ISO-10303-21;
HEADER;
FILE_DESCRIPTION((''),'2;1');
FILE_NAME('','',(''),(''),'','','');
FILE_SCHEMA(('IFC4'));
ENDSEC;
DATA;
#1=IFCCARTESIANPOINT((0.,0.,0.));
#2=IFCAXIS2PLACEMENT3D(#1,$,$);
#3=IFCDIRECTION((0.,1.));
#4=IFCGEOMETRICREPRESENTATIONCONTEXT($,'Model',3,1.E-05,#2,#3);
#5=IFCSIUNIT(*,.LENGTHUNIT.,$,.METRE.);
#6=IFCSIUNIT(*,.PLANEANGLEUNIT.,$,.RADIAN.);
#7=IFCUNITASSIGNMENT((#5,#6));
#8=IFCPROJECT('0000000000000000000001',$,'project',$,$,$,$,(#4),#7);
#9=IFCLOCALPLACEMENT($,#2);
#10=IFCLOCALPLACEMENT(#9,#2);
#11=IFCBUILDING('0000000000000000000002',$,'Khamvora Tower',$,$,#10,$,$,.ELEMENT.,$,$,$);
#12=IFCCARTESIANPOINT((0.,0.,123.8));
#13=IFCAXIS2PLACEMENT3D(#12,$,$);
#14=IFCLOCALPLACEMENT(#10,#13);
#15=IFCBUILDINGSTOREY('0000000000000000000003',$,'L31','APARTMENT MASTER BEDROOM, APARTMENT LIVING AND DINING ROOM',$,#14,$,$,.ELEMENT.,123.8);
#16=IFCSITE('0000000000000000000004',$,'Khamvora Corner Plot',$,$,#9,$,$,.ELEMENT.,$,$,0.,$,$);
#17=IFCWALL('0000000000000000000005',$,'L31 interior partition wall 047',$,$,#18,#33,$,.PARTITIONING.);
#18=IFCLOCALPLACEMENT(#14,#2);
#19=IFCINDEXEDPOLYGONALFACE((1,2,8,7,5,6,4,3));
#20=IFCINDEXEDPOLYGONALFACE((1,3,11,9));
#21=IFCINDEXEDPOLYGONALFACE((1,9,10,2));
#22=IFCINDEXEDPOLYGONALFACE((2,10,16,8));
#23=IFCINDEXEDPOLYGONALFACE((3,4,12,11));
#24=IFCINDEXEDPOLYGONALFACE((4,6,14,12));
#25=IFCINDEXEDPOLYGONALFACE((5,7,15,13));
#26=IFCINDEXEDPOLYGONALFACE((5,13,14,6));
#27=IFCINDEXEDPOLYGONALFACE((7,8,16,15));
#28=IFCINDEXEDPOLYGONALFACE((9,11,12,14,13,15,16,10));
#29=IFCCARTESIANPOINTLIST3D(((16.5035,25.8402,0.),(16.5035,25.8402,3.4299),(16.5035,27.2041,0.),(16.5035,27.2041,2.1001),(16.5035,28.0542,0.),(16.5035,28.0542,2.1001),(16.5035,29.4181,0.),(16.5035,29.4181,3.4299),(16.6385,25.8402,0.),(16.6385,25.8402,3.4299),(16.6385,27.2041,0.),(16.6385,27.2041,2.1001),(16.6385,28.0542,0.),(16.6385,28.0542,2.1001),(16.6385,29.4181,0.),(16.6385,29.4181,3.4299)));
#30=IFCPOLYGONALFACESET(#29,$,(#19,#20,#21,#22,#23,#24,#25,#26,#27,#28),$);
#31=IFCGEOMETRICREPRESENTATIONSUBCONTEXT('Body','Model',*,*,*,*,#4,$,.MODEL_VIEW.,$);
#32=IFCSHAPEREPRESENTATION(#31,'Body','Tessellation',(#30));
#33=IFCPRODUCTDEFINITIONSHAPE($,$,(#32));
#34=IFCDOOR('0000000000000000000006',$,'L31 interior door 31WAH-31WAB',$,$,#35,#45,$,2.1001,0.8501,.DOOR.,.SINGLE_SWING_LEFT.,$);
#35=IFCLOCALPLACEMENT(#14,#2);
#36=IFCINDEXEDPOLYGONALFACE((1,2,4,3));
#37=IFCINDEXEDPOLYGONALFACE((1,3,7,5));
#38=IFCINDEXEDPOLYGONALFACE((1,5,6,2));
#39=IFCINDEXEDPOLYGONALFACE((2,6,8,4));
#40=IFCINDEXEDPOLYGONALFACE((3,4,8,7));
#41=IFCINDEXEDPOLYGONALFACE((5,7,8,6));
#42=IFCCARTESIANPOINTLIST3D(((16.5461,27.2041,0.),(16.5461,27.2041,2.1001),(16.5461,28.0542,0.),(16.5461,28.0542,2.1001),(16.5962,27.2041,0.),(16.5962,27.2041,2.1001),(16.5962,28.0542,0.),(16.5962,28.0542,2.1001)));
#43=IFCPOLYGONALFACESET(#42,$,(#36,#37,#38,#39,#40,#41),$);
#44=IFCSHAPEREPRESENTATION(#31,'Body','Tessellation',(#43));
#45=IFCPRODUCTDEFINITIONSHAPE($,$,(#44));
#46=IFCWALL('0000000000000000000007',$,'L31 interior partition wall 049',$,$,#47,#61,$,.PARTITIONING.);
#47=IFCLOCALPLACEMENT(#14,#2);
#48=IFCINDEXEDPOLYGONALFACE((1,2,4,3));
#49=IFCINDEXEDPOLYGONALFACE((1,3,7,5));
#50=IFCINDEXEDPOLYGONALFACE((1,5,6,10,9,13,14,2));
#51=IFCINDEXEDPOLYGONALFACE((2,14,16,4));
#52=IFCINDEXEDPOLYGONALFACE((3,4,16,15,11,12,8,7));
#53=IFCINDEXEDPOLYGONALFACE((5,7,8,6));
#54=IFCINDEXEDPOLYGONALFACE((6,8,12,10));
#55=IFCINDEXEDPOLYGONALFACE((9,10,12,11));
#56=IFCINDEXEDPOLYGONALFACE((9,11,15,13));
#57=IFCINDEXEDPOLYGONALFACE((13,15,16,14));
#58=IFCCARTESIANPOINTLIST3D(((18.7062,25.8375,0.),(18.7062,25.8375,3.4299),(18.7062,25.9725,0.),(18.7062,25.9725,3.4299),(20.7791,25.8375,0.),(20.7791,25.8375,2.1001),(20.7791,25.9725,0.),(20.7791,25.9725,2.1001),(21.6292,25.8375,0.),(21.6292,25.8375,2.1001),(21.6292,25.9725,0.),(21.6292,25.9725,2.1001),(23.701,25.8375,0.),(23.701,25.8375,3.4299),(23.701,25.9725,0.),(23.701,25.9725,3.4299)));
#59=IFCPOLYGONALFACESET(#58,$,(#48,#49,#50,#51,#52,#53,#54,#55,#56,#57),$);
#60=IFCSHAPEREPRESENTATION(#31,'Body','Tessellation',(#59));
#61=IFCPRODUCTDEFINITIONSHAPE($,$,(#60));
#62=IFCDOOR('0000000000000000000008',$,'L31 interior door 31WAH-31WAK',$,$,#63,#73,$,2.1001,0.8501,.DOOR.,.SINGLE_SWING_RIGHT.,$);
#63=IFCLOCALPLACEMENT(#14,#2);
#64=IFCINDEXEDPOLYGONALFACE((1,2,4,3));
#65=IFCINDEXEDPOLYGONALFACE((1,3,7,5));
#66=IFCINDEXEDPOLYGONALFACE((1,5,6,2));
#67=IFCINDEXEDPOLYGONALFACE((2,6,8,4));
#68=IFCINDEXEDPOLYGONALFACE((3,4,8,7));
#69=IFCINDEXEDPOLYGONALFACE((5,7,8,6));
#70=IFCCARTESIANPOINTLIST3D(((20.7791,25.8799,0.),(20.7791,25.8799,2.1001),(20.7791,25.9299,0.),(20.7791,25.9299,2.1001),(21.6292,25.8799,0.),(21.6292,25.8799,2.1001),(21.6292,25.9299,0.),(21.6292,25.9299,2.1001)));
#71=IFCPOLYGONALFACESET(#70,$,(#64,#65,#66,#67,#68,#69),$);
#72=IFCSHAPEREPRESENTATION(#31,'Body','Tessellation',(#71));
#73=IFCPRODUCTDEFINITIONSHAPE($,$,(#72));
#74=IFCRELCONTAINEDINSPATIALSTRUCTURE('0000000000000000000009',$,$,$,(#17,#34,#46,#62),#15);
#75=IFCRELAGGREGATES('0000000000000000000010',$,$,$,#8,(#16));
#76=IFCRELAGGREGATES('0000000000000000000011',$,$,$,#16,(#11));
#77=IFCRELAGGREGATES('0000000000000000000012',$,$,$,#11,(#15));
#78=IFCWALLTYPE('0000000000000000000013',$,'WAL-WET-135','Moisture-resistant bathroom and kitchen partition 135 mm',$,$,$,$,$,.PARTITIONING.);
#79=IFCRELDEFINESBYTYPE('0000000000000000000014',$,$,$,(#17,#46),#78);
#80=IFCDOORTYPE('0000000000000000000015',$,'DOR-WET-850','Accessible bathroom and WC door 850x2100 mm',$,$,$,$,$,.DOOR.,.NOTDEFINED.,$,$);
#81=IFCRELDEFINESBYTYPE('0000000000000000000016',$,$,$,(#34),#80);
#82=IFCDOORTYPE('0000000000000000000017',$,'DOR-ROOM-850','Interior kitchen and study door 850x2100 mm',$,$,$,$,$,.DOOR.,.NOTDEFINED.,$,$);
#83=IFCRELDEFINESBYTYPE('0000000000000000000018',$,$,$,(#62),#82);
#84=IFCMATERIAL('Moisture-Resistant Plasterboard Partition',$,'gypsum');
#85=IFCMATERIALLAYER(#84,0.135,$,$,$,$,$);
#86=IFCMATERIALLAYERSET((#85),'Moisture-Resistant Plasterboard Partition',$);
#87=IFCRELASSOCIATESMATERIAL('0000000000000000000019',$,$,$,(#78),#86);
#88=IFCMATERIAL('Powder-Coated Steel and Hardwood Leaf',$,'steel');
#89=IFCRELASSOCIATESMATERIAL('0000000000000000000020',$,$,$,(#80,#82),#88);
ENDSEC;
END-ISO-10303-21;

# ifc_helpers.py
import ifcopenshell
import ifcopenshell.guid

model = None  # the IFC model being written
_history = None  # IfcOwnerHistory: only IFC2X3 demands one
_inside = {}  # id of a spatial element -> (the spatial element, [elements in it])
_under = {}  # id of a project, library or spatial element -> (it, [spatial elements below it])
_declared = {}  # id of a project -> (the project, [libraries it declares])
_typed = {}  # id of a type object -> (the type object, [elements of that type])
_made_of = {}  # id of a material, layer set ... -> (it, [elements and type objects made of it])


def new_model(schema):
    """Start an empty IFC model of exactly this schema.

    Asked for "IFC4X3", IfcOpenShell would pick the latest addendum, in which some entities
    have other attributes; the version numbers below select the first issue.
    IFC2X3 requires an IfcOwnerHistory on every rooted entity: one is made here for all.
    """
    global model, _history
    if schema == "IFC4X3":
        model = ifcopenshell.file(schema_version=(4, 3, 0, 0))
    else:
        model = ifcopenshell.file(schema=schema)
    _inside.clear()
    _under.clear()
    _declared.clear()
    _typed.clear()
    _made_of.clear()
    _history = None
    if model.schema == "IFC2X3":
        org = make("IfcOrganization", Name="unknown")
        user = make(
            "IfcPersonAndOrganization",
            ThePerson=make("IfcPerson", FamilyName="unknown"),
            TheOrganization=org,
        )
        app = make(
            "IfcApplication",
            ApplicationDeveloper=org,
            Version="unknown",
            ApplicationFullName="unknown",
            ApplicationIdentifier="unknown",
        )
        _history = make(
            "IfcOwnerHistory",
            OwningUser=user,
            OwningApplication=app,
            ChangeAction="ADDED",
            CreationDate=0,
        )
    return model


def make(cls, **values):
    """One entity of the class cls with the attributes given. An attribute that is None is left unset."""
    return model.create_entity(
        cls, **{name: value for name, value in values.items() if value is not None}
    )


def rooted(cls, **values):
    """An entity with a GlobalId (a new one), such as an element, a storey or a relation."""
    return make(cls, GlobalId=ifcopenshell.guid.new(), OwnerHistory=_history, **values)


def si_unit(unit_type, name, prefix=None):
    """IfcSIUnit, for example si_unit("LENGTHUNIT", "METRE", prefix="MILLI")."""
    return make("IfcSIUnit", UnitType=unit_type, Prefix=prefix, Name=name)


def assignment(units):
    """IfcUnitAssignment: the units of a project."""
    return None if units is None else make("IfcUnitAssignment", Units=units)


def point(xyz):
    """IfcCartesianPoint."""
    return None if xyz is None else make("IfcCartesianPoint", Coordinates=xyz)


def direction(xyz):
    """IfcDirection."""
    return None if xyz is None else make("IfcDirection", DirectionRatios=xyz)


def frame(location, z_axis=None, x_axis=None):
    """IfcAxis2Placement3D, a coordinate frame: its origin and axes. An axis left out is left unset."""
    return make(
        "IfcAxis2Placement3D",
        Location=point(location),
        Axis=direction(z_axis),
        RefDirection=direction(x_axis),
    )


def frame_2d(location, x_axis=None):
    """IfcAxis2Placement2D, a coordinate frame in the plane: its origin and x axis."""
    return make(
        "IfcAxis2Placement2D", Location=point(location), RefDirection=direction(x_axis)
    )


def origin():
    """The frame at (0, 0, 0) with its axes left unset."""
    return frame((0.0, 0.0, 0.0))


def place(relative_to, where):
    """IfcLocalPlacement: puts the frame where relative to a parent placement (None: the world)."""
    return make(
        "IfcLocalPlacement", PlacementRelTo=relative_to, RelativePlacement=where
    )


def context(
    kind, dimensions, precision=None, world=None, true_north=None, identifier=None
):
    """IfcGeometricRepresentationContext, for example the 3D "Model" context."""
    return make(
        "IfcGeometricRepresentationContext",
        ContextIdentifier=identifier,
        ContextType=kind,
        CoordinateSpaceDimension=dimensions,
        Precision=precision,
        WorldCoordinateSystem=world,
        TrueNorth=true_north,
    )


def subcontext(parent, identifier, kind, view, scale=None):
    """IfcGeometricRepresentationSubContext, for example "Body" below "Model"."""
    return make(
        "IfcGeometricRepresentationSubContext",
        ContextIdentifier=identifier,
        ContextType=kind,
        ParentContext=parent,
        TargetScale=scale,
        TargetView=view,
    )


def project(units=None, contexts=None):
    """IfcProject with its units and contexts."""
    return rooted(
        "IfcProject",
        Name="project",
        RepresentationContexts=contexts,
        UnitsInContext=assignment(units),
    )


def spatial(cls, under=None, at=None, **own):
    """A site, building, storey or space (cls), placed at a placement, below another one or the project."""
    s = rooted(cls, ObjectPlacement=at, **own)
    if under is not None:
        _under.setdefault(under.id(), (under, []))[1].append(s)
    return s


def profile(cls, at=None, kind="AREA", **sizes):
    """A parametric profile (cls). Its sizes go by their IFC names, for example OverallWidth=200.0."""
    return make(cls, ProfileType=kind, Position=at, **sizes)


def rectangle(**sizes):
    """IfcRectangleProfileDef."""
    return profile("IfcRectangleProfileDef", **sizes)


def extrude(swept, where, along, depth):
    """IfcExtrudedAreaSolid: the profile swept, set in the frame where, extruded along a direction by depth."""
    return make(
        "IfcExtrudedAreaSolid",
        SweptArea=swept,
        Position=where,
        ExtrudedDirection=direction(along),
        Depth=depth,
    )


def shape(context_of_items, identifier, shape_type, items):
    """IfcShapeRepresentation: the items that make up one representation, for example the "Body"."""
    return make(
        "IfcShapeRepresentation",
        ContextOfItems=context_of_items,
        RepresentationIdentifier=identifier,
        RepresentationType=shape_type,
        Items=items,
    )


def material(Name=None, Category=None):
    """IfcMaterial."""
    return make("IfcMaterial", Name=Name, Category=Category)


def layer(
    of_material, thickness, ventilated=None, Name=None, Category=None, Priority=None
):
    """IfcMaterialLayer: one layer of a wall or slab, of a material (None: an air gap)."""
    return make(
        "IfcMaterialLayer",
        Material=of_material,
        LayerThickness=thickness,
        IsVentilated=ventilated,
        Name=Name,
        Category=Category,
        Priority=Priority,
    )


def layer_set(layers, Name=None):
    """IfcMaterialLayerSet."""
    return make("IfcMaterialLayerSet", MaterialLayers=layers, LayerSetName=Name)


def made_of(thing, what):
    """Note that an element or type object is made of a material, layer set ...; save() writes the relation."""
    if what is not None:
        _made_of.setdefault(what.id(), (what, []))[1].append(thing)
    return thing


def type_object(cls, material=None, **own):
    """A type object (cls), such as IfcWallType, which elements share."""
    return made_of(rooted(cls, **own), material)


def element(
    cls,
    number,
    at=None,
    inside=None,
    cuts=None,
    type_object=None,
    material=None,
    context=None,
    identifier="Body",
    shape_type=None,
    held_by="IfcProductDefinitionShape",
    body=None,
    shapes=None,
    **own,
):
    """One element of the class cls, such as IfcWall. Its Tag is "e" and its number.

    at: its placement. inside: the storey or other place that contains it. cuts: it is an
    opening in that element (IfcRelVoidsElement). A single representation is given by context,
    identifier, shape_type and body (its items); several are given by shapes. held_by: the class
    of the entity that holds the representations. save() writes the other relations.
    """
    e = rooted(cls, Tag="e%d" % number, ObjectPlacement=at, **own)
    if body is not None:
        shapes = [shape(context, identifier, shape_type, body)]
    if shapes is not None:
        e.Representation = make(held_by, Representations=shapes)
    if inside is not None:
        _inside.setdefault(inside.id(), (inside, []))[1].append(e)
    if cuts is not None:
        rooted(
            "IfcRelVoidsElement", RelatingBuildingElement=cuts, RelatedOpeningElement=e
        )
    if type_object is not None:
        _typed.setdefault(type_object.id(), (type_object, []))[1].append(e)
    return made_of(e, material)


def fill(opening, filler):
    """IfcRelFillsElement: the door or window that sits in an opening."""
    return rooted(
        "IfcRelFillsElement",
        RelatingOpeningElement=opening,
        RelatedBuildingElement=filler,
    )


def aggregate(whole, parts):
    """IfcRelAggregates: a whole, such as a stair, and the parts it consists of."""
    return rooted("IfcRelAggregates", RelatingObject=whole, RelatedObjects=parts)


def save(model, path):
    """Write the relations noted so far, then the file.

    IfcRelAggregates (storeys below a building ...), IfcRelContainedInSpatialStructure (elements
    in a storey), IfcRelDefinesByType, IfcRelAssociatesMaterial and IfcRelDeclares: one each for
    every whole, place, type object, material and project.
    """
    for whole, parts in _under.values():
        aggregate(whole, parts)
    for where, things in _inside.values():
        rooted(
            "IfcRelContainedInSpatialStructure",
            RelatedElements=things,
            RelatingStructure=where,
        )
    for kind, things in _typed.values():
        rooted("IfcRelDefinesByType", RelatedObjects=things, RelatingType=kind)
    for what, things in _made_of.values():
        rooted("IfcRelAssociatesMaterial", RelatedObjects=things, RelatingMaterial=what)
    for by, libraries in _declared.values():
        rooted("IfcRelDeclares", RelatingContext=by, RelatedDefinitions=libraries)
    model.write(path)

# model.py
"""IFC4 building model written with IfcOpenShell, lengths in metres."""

from ifc_helpers import new_model, si_unit, direction, frame, frame_2d, origin, place, context, subcontext, project, spatial, rectangle, extrude, material, layer, layer_set, type_object, element, fill, save


model = new_model("IFC4")

# Units and contexts
model_context = context("Model", 3, precision=1e-05, world=origin(), true_north=direction((0.0, 1.0)))
body_context = subcontext(model_context, "Body", "Model", "MODEL_VIEW")
ifc_project = project(units=[si_unit("LENGTHUNIT", "METRE"), si_unit("PLANEANGLEUNIT", "RADIAN")], contexts=[model_context])

# Site, building, storey
site_placement = place(None, origin())
site = spatial("IfcSite", under=ifc_project, at=site_placement, Name="Khamvora Corner Plot", CompositionType="ELEMENT", RefElevation=0.0)
building_placement = place(site_placement, origin())
building = spatial("IfcBuilding", under=site, at=building_placement, Name="Khamvora Tower", CompositionType="ELEMENT")
storey_placement = place(building_placement, frame((0.0, 0.0, 123.8)))
storey = spatial("IfcBuildingStorey", under=building, at=storey_placement, Name="L31", Description="APARTMENT MASTER BEDROOM, APARTMENT LIVING AND DINING ROOM", CompositionType="ELEMENT", Elevation=123.8)

# Shared definitions
ifc_material_1 = material(Name="Powder-Coated Steel and Hardwood Leaf", Category="steel")

# Shared definitions
ifc_material_2 = material(Name="Moisture-Resistant Plasterboard Partition", Category="gypsum")
ifc_layer_1 = layer(ifc_material_2, 0.135)
ifc_layer_set_1 = layer_set([ifc_layer_1], Name="Moisture-Resistant Plasterboard Partition")
wall_type_1 = type_object("IfcWallType", Name="WAL-WET-135", Description="Moisture-resistant bathroom and kitchen partition 135 mm", PredefinedType="PARTITIONING", material=ifc_layer_set_1)

# Walls, openings, doors
wall_1_placement = place(storey_placement, frame((16.571, 25.8401, 0.0), z_axis=(0.0, 0.0, 1.0), x_axis=(0.0, 1.0, 0.0)))
wall_1 = element("IfcWall", 1, at=wall_1_placement, inside=storey, type_object=wall_type_1, Name="L31 interior partition wall 047", PredefinedType="PARTITIONING", context=body_context, shape_type="SweptSolid", body=[
    extrude(rectangle(XDim=3.5779, YDim=0.135, at=frame_2d((1.7891, 0.0))), origin(), (0.0, 0.0, 1.0), 3.4299),
])
opening_1_placement = place(wall_1_placement, frame((1.364, 0.0, 0.0)))
opening_1 = element("IfcOpeningElement", 2, at=opening_1_placement, cuts=wall_1, PredefinedType="OPENING", context=body_context, shape_type="SweptSolid", body=[
    extrude(rectangle(XDim=0.8501, YDim=2.1001, at=frame_2d((0.425, 1.05))), frame((0.0, 0.0774, 0.0), z_axis=(0.0, -1.0, 0.0), x_axis=(1.0, 0.0, 0.0)), (0.0, 0.0, 1.0), 0.155),
])
door_type_1 = type_object("IfcDoorType", Name="DOR-WET-850", Description="Accessible bathroom and WC door 850x2100 mm", OperationType="NOTDEFINED", PredefinedType="DOOR", material=ifc_material_1)
door_1_placement = place(opening_1_placement, origin())
door_1 = element("IfcDoor", 3, at=door_1_placement, inside=storey, type_object=door_type_1, Name="L31 interior door 31WAH-31WAB", OperationType="SINGLE_SWING_LEFT", OverallHeight=2.1001, OverallWidth=0.8501, PredefinedType="DOOR", context=body_context, shape_type="SweptSolid", body=[
    extrude(rectangle(XDim=0.8501, YDim=2.1001, at=frame_2d((0.425, 1.05))), frame((0.0, 0.0249, 0.0), z_axis=(0.0, -1.0, 0.0), x_axis=(1.0, 0.0, 0.0)), (0.0, 0.0, 1.0), 0.05),
])
fill(opening_1, door_1)
wall_2_placement = place(storey_placement, frame((18.7061, 25.905, 0.0), z_axis=(0.0, 0.0, 1.0), x_axis=(1.0, 0.0, 0.0)))
wall_2 = element("IfcWall", 4, at=wall_2_placement, inside=storey, type_object=wall_type_1, Name="L31 interior partition wall 049", PredefinedType="PARTITIONING", context=body_context, shape_type="SweptSolid", body=[
    extrude(rectangle(XDim=4.9949, YDim=0.135, at=frame_2d((2.4976, 0.0))), origin(), (0.0, 0.0, 1.0), 3.4299),
])
opening_2_placement = place(wall_2_placement, frame((2.073, 0.0, 0.0)))
opening_2 = element("IfcOpeningElement", 5, at=opening_2_placement, cuts=wall_2, PredefinedType="OPENING", context=body_context, shape_type="SweptSolid", body=[
    extrude(rectangle(XDim=0.8501, YDim=2.1001, at=frame_2d((0.425, 1.05))), frame((0.0, 0.0774, 0.0), z_axis=(0.0, -1.0, 0.0), x_axis=(1.0, 0.0, 0.0)), (0.0, 0.0, 1.0), 0.155),
])
door_type_2 = type_object("IfcDoorType", Name="DOR-ROOM-850", Description="Interior kitchen and study door 850x2100 mm", OperationType="NOTDEFINED", PredefinedType="DOOR", material=ifc_material_1)
door_2_placement = place(opening_2_placement, origin())
door_2 = element("IfcDoor", 6, at=door_2_placement, inside=storey, type_object=door_type_2, Name="L31 interior door 31WAH-31WAK", OperationType="SINGLE_SWING_RIGHT", OverallHeight=2.1001, OverallWidth=0.8501, PredefinedType="DOOR", context=body_context, shape_type="SweptSolid", body=[
    extrude(rectangle(XDim=0.8501, YDim=2.1001, at=frame_2d((0.425, 1.05))), frame((0.0, 0.0249, 0.0), z_axis=(0.0, -1.0, 0.0), x_axis=(1.0, 0.0, 0.0)), (0.0, 0.0, 1.0), 0.05),
])
fill(opening_2, door_2)

save(model, "model.ifc")
